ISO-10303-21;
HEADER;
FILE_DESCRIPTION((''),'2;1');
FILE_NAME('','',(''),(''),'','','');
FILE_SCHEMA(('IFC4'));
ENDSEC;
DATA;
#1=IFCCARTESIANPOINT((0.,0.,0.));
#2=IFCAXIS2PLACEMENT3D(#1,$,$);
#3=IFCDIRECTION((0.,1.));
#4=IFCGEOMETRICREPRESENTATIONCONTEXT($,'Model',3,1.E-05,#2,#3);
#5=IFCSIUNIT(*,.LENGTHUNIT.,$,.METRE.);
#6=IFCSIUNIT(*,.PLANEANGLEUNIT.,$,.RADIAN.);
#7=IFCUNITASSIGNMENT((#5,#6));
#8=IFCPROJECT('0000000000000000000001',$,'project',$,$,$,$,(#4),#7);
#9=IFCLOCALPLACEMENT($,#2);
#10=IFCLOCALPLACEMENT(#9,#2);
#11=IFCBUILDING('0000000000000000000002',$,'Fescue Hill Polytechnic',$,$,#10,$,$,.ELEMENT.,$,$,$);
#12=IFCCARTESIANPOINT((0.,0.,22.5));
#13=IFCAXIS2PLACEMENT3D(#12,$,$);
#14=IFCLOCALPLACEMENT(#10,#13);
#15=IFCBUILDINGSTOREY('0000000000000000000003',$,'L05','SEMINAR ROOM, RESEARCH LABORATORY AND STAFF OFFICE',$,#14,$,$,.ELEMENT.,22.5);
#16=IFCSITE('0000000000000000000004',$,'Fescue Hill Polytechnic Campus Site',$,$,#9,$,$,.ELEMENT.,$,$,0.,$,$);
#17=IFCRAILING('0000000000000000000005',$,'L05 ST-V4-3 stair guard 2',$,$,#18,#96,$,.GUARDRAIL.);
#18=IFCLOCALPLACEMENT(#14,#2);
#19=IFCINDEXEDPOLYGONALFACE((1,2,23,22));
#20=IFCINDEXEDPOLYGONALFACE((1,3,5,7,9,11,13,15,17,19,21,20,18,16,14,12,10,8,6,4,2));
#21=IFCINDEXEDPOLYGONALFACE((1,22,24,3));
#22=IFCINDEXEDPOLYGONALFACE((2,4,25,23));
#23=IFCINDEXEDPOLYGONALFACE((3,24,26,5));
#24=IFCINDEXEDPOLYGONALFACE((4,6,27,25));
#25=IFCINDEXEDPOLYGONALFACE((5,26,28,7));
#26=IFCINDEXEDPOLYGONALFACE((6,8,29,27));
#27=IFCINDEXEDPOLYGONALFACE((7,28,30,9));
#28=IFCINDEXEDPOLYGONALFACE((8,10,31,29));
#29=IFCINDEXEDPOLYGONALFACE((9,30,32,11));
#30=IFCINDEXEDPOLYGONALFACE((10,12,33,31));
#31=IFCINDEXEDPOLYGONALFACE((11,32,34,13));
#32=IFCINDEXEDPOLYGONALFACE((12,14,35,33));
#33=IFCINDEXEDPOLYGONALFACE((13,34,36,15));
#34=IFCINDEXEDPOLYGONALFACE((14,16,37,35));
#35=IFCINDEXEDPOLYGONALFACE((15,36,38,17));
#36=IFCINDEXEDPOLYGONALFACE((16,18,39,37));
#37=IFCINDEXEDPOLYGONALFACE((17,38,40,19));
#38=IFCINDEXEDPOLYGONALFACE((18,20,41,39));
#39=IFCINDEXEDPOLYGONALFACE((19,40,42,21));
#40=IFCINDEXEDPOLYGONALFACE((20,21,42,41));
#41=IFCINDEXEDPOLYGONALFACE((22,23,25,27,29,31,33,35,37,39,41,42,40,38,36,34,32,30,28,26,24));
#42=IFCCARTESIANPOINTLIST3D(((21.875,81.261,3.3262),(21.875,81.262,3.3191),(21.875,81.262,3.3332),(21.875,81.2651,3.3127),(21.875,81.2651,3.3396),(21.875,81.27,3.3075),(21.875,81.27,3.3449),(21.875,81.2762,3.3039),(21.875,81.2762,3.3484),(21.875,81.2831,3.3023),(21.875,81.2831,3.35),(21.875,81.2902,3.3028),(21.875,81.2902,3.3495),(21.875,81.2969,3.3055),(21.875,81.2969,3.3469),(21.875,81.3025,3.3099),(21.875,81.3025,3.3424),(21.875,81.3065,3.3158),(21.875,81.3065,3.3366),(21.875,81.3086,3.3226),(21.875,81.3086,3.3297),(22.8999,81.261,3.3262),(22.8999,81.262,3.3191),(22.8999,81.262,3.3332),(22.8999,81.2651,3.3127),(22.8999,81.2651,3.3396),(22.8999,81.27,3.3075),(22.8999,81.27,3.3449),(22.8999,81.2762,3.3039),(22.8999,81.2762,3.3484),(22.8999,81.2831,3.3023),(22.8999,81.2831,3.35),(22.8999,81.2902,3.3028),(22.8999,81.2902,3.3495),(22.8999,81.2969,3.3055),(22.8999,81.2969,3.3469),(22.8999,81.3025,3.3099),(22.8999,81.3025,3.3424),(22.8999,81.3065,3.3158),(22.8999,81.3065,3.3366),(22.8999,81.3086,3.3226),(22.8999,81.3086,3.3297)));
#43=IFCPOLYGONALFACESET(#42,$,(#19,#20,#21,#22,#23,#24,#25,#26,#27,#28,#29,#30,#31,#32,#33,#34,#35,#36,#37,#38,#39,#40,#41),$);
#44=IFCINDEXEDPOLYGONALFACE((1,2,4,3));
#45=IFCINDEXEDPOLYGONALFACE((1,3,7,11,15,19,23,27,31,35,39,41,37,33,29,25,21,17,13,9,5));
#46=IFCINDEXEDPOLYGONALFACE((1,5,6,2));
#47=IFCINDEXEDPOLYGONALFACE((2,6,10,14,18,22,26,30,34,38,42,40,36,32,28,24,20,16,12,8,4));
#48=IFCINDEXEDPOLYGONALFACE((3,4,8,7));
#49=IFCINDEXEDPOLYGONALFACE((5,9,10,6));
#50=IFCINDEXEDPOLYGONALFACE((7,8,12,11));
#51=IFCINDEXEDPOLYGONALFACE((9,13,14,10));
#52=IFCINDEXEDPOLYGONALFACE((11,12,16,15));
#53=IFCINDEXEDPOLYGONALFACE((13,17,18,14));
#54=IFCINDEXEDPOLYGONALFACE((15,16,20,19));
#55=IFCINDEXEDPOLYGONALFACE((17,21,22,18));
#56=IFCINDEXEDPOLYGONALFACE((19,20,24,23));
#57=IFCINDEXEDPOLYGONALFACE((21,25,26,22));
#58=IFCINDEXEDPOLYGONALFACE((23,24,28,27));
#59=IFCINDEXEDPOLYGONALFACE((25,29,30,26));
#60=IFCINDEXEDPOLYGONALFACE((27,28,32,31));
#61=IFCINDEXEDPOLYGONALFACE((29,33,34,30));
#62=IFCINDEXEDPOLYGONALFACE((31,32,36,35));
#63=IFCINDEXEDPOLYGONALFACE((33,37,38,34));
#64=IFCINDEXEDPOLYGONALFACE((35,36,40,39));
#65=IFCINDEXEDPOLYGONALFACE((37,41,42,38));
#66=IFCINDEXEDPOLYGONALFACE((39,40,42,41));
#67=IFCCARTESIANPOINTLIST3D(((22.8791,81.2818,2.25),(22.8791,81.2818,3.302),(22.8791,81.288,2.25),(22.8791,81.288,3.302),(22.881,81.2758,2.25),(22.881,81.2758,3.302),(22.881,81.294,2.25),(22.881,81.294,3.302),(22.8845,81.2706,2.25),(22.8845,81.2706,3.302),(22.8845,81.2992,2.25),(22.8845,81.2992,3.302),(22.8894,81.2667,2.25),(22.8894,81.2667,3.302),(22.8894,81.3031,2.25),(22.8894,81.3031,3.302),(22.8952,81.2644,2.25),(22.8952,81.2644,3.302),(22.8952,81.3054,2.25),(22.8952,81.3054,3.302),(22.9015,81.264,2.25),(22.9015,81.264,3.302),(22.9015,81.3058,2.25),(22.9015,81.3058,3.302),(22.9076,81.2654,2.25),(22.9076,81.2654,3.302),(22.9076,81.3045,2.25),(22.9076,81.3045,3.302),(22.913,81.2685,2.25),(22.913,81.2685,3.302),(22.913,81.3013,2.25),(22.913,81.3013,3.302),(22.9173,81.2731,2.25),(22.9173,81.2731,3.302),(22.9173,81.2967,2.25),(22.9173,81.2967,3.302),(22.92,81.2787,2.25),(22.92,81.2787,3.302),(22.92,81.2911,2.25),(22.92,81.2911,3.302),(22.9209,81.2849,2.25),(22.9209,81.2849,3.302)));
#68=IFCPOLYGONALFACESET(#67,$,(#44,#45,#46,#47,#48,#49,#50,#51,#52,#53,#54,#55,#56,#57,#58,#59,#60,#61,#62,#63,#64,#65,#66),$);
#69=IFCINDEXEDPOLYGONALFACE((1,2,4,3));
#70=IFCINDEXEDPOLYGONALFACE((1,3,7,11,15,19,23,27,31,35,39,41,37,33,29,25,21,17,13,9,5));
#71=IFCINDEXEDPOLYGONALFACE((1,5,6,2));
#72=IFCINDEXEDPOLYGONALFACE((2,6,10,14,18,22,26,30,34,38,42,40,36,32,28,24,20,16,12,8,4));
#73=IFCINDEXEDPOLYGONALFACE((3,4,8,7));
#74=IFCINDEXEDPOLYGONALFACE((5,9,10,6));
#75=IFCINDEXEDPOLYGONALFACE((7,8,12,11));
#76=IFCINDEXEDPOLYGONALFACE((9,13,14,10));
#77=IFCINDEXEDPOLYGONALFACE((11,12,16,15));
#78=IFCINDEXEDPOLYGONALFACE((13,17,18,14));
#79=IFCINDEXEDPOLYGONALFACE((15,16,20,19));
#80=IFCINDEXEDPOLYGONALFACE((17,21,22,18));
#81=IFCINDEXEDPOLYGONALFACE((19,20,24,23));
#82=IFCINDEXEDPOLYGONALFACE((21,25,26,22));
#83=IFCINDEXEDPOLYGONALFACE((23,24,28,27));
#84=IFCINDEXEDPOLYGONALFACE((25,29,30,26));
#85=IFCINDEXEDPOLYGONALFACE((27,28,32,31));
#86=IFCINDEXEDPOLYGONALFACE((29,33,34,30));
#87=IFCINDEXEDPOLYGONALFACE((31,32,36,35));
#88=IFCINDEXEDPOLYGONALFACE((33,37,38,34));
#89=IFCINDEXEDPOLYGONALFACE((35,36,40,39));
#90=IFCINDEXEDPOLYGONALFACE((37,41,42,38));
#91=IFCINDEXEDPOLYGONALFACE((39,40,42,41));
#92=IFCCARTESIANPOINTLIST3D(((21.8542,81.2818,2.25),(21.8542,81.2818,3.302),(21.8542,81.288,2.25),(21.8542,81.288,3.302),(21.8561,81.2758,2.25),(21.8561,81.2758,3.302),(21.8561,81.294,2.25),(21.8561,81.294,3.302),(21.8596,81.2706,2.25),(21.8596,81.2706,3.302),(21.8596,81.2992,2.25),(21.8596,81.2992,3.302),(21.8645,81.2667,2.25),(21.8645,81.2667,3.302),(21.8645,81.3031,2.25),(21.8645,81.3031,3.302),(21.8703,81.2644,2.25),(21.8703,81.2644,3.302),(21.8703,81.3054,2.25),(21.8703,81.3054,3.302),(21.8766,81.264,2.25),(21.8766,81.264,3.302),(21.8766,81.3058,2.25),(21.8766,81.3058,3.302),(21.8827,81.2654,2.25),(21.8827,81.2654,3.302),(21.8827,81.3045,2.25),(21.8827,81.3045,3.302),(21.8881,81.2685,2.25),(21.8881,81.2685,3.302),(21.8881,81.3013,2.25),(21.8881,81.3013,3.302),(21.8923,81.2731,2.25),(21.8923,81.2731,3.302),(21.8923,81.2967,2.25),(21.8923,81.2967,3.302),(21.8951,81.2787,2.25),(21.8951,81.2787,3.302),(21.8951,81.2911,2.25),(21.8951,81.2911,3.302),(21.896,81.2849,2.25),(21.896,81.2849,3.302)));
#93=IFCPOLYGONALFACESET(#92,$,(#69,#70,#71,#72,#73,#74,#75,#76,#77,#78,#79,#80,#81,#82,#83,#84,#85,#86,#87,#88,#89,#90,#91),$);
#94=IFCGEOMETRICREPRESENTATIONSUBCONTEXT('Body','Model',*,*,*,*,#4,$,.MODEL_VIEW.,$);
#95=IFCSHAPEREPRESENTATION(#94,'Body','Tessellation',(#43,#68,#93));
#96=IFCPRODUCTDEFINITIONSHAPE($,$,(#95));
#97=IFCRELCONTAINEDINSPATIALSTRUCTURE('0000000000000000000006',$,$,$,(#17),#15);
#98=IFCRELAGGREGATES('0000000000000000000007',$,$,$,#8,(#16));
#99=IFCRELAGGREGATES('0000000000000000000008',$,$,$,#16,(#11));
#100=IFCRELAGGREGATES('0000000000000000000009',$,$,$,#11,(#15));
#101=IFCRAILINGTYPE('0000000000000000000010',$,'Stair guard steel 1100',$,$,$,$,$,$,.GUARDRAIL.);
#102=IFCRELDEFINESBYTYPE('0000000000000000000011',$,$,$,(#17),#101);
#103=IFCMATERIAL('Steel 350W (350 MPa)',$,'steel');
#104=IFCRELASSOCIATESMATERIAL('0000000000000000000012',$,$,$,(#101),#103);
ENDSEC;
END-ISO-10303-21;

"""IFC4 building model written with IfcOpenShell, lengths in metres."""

from ifc_helpers import new_model, si_unit, direction, frame, origin, origin_2d, place, context, subcontext, project, spatial, circle, extrude, material, type_object, element, save


model = new_model("IFC4")

# Units and contexts
model_context = context("Model", 3, precision=1e-05, world=origin(), true_north=direction((0.0, 1.0)))
body_context = subcontext(model_context, "Body", "Model", "MODEL_VIEW")
ifc_project = project(units=[si_unit("LENGTHUNIT", "METRE"), si_unit("PLANEANGLEUNIT", "RADIAN")], contexts=[model_context])

# Site, building, storey
site_placement = place(None, origin())
site = spatial("IfcSite", under=ifc_project, at=site_placement, Name="Fescue Hill Polytechnic Campus Site", CompositionType="ELEMENT", RefElevation=0.0)
building_placement = place(site_placement, origin())
building = spatial("IfcBuilding", under=site, at=building_placement, Name="Fescue Hill Polytechnic", CompositionType="ELEMENT")
storey_placement = place(building_placement, frame((0.0, 0.0, 22.5)))
storey = spatial("IfcBuildingStorey", under=building, at=storey_placement, Name="L05", Description="SEMINAR ROOM, RESEARCH LABORATORY AND STAFF OFFICE", CompositionType="ELEMENT", Elevation=22.5)

# Railing
ifc_material_1 = material(Name="Steel 350W (350 MPa)", Category="steel")
railing_type_1 = type_object("IfcRailingType", Name="Stair guard steel 1100", PredefinedType="GUARDRAIL", material=ifc_material_1)
railing_1_placement = place(storey_placement, frame((22.8999, 81.2849, 2.25)))
element("IfcRailing", 1, at=railing_1_placement, inside=storey, type_object=railing_type_1, Name="L05 ST-V4-3 stair guard 2", PredefinedType="GUARDRAIL", context=body_context, shape_type="SweptSolid", body=[
    extrude(circle(Radius=0.0239, at=origin_2d()), frame((0.0, 0.0, 1.0762), z_axis=(-1.0, 0.0, 0.0), x_axis=(0.0, -1.0, 0.0)), (0.0, 0.0, 1.0), 1.0249),
    extrude(circle(Radius=0.021, at=origin_2d()), origin(), (0.0, 0.0, 1.0), 1.052),
    extrude(circle(Radius=0.021, at=origin_2d()), frame((-1.0249, 0.0, 0.0)), (0.0, 0.0, 1.0), 1.052),
])

save(model, "model.ifc")
